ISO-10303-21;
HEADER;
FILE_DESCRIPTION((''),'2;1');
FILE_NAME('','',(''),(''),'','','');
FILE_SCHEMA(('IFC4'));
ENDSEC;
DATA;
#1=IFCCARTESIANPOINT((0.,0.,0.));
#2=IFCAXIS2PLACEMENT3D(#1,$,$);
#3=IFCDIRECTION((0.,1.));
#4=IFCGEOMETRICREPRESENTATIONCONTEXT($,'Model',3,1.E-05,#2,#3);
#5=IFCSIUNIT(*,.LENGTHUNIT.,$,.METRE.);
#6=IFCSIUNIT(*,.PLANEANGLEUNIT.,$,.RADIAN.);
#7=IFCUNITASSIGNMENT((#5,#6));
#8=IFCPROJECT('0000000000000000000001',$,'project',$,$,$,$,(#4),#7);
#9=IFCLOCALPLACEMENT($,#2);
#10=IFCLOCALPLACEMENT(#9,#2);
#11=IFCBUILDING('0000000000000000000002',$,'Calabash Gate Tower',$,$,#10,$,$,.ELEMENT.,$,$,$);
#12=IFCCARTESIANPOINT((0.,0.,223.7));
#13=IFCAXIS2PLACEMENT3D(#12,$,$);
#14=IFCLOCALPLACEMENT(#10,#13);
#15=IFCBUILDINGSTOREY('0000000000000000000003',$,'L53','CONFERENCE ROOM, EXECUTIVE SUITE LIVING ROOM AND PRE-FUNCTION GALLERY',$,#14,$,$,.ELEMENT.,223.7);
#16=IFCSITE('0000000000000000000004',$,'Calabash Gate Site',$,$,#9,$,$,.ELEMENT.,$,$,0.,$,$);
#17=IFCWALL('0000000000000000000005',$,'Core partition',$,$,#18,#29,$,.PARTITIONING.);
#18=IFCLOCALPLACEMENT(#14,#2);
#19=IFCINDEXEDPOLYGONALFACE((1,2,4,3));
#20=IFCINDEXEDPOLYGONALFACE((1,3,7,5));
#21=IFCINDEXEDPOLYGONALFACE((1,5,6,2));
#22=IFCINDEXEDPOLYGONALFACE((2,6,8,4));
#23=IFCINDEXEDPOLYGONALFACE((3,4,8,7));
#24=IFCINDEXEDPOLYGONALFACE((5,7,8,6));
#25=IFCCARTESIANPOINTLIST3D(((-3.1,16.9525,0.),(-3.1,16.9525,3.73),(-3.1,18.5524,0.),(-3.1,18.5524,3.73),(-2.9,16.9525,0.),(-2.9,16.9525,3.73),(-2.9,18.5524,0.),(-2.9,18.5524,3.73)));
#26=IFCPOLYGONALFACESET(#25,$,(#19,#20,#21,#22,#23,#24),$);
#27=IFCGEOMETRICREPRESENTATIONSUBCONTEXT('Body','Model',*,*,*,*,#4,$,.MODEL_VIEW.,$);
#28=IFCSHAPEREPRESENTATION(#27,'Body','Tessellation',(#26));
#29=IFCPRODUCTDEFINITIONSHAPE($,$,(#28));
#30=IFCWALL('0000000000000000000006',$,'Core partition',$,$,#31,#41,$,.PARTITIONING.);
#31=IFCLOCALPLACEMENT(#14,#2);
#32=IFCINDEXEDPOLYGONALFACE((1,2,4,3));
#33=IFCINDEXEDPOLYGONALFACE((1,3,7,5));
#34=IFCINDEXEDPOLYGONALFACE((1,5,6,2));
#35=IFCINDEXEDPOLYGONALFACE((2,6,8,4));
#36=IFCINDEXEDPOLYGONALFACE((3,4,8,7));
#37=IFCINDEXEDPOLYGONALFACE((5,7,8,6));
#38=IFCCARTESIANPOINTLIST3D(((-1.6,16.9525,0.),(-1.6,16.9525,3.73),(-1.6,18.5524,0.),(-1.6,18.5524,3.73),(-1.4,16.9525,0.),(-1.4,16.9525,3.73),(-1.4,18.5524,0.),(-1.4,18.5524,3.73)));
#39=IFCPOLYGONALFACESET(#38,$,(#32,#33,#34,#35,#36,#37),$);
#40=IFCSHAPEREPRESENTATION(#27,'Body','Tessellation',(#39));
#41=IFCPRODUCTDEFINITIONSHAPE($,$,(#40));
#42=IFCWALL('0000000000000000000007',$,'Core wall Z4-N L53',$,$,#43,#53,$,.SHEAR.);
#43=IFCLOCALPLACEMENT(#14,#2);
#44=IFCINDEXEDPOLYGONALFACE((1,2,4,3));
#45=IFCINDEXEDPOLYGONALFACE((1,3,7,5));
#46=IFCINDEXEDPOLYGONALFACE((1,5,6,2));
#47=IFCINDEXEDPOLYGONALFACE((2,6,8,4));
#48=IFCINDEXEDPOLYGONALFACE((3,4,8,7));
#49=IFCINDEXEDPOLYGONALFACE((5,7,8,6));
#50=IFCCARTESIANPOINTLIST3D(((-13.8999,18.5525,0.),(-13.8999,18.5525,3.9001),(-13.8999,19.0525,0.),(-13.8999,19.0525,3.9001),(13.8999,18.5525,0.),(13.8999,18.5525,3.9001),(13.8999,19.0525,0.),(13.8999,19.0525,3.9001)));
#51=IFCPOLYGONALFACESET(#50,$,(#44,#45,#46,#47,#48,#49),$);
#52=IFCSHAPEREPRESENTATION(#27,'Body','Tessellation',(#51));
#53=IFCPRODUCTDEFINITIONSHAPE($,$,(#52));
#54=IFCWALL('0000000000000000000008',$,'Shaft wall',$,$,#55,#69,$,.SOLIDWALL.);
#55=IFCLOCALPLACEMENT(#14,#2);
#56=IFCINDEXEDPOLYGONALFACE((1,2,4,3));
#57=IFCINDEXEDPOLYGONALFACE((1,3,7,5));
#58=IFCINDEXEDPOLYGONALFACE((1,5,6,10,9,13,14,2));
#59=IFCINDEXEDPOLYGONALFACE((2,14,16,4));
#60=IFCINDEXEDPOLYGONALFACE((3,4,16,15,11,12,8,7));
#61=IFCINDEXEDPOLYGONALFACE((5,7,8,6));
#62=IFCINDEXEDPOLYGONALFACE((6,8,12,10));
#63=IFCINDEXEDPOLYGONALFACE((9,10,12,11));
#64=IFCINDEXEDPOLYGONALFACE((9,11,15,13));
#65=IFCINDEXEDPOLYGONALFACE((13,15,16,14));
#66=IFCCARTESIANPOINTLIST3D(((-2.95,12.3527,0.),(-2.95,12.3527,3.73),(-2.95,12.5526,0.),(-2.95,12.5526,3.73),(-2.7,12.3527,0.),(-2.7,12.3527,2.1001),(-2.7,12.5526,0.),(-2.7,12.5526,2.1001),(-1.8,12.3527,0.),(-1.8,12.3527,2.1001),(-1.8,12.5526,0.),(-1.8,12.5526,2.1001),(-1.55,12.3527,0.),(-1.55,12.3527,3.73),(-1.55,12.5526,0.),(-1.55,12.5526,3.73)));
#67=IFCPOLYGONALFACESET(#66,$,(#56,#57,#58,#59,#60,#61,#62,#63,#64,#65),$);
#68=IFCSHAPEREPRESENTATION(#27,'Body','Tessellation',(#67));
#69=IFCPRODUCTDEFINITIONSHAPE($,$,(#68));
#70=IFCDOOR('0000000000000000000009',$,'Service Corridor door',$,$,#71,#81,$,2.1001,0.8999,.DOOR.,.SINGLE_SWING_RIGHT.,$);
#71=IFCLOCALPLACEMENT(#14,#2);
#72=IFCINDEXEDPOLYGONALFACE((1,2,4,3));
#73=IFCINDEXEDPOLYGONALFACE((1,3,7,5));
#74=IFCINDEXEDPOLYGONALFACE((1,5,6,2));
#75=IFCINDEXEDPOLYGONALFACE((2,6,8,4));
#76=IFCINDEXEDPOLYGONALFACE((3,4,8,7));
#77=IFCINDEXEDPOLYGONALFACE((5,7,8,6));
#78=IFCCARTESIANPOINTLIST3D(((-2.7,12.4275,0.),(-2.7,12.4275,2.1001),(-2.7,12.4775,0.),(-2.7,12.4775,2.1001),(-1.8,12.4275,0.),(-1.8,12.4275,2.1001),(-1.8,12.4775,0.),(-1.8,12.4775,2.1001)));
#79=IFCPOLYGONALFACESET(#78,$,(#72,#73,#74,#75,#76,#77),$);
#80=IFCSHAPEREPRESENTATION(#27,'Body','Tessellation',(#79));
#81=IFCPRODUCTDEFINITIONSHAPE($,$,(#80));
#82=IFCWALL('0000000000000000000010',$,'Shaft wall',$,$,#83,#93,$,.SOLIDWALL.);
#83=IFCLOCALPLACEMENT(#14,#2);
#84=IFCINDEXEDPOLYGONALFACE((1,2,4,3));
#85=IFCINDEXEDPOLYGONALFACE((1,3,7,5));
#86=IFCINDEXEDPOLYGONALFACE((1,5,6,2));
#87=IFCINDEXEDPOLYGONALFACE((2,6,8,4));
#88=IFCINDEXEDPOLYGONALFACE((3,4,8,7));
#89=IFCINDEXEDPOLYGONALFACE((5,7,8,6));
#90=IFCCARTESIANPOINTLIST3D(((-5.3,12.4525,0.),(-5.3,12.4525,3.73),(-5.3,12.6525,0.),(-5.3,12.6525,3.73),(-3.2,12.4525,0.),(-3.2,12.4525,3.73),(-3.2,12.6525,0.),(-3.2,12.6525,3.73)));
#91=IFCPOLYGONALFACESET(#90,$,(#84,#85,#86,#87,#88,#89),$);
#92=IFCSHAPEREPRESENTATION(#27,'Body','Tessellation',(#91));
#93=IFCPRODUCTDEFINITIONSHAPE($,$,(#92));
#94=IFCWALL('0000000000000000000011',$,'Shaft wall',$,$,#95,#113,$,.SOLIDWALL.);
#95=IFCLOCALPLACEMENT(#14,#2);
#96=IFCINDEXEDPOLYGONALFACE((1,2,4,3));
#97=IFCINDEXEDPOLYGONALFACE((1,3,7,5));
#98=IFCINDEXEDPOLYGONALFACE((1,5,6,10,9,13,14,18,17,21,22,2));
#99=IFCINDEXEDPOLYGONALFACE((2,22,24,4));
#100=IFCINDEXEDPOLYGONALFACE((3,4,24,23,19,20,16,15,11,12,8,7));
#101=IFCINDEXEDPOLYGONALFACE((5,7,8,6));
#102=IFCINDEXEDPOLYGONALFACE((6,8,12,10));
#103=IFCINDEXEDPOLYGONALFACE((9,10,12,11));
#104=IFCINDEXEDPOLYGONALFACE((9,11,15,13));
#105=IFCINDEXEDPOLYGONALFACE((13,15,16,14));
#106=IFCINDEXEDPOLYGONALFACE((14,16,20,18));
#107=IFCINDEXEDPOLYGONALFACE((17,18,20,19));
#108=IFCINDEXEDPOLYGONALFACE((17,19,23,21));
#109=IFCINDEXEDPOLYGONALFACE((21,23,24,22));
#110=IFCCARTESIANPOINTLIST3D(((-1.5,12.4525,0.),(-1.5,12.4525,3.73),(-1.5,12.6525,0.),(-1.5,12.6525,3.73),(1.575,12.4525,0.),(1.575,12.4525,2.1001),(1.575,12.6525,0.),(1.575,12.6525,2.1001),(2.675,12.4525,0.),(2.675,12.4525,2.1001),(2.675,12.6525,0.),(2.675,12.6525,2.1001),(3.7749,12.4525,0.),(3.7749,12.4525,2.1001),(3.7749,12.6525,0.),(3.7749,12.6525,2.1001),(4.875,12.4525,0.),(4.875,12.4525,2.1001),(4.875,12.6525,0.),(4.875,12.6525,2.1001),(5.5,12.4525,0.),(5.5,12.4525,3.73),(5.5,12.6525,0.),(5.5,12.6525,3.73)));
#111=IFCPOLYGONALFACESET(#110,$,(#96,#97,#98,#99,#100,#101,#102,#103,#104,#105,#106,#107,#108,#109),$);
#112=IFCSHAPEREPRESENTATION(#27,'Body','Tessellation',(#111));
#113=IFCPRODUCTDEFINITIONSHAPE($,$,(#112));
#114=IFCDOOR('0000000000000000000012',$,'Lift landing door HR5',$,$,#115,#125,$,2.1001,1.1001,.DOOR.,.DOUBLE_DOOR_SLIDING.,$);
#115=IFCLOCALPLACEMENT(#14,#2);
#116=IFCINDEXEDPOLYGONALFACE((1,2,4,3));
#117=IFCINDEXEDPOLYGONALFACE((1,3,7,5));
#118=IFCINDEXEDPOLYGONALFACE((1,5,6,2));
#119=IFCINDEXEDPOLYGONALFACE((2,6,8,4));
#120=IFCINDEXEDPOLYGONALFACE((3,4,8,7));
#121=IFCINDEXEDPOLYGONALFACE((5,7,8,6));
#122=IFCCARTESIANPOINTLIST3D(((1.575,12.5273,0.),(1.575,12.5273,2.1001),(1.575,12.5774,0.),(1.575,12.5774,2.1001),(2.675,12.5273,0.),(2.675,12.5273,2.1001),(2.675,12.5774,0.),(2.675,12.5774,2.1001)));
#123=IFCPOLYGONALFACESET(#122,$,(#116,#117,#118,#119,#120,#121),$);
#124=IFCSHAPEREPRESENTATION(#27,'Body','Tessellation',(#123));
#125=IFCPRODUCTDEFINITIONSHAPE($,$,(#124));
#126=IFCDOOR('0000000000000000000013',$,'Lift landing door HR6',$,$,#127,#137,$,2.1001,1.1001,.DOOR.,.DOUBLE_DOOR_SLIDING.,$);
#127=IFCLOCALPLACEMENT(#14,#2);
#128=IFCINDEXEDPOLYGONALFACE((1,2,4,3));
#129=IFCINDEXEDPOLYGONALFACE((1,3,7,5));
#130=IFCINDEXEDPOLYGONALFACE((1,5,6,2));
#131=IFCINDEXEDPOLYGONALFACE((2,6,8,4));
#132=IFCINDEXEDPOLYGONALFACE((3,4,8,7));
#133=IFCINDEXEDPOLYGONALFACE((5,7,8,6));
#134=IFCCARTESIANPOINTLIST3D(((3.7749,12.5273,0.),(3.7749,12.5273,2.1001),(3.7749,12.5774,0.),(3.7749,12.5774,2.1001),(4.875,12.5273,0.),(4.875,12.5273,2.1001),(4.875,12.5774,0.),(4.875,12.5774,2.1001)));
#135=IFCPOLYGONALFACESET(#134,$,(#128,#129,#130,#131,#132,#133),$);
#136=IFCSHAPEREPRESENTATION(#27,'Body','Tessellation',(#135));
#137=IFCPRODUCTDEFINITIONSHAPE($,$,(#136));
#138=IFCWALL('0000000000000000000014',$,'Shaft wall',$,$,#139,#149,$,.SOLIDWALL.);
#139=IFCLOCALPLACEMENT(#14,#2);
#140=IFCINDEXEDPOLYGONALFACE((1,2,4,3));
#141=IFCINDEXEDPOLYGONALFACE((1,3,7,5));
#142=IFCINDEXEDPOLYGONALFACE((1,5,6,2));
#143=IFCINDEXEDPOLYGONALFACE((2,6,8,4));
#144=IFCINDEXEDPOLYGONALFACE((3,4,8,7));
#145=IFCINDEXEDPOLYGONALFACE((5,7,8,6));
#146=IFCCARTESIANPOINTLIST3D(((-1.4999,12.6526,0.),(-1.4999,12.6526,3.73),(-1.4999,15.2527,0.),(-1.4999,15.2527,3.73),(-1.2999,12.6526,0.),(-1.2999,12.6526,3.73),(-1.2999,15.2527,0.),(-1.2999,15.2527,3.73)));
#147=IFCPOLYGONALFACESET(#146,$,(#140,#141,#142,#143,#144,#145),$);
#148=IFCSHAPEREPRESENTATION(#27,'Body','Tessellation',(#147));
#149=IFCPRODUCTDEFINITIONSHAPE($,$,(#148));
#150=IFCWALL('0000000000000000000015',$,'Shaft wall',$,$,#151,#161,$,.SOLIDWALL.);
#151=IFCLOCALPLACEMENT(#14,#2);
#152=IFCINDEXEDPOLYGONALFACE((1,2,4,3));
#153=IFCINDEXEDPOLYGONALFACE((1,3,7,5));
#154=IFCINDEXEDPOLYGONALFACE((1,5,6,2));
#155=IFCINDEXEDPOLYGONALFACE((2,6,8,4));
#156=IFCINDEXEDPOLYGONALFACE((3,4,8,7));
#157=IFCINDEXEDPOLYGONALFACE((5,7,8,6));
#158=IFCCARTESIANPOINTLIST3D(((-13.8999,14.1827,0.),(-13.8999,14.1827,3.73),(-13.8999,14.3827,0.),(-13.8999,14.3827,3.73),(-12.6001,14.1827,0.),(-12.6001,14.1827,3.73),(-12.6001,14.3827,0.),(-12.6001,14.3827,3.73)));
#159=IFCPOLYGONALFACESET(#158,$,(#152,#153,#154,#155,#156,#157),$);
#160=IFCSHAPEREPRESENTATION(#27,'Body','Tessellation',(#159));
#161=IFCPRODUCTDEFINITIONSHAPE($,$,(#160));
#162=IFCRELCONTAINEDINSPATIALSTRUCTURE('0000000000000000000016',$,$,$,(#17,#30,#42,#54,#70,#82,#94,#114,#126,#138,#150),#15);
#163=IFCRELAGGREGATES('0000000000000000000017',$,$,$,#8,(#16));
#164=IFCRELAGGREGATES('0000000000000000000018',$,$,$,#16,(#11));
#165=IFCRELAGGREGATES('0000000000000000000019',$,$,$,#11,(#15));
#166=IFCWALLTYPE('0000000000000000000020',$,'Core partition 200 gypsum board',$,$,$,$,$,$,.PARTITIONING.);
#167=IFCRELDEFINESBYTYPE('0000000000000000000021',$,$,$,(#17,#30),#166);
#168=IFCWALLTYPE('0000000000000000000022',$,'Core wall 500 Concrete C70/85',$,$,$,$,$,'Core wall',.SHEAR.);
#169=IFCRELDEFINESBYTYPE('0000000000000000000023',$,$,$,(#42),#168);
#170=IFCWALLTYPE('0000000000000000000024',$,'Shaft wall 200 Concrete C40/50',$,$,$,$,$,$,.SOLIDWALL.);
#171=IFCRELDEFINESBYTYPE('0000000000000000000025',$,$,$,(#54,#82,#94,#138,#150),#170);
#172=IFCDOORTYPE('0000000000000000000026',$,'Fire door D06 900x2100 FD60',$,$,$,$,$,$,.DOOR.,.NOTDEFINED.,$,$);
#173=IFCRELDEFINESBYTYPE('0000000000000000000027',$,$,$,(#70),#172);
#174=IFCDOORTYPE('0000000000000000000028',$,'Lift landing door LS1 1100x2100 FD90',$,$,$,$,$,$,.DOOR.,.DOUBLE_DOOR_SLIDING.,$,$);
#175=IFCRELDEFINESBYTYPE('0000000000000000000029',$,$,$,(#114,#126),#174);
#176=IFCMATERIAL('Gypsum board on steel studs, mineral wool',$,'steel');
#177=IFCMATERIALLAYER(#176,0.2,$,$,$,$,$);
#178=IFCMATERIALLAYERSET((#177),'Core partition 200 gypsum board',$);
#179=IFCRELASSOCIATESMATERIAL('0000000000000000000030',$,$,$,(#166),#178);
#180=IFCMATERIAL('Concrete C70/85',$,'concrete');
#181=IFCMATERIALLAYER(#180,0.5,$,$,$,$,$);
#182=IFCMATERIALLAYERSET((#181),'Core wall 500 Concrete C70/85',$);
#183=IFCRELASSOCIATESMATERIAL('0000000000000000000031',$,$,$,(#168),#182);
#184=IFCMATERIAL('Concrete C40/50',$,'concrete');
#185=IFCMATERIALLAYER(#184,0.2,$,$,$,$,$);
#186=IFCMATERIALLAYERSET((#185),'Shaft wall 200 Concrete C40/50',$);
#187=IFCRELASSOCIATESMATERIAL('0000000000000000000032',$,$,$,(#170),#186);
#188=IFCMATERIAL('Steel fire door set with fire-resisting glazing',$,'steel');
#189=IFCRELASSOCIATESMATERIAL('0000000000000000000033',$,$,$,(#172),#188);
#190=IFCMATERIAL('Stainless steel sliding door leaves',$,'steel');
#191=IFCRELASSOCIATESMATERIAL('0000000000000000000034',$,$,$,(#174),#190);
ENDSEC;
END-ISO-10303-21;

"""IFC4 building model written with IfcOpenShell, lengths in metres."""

from ifc_helpers import new_model, si_unit, direction, frame, frame_2d, origin, place, context, subcontext, project, spatial, rectangle, extrude, material, layer, layer_set, type_object, element, fill, save


model = new_model("IFC4")

# Units and contexts
model_context = context("Model", 3, precision=1e-05, world=origin(), true_north=direction((0.0, 1.0)))
body_context = subcontext(model_context, "Body", "Model", "MODEL_VIEW")
ifc_project = project(units=[si_unit("LENGTHUNIT", "METRE"), si_unit("PLANEANGLEUNIT", "RADIAN")], contexts=[model_context])

# Site, building, storey
site_placement = place(None, origin())
site = spatial("IfcSite", under=ifc_project, at=site_placement, Name="Calabash Gate Site", CompositionType="ELEMENT", RefElevation=0.0)
building_placement = place(site_placement, origin())
building = spatial("IfcBuilding", under=site, at=building_placement, Name="Calabash Gate Tower", CompositionType="ELEMENT")
storey_placement = place(building_placement, frame((0.0, 0.0, 223.7)))
storey = spatial("IfcBuildingStorey", under=building, at=storey_placement, Name="L53", Description="CONFERENCE ROOM, EXECUTIVE SUITE LIVING ROOM AND PRE-FUNCTION GALLERY", CompositionType="ELEMENT", Elevation=223.7)

# Walls
ifc_material_1 = material(Name="Gypsum board on steel studs, mineral wool", Category="steel")
ifc_layer_1 = layer(ifc_material_1, 0.2)
ifc_layer_set_1 = layer_set([ifc_layer_1], Name="Core partition 200 gypsum board")
wall_type_1 = type_object("IfcWallType", Name="Core partition 200 gypsum board", PredefinedType="PARTITIONING", material=ifc_layer_set_1)
for number, where, z_axis, x_axis, name in (
    (1, (-3.0, 16.9526, 0.0), (0.0, 0.0, 1.0), (0.0, 1.0, 0.0), "Core partition"),
    (2, (-1.5, 16.9526, 0.0), (0.0, 0.0, 1.0), (0.0, 1.0, 0.0), "Core partition"),
):
    element("IfcWall", number, at=place(storey_placement, frame(where, z_axis=z_axis, x_axis=x_axis)), inside=storey, type_object=wall_type_1, Name=name, PredefinedType="PARTITIONING", context=body_context, shape_type="SweptSolid", body=[
        extrude(rectangle(XDim=1.5999, YDim=0.2, at=frame_2d((0.7998, 0.0))), origin(), (0.0, 0.0, 1.0), 3.73),
    ])
ifc_material_2 = material(Name="Concrete C70/85", Category="concrete")
ifc_layer_2 = layer(ifc_material_2, 0.5)
ifc_layer_set_2 = layer_set([ifc_layer_2], Name="Core wall 500 Concrete C70/85")
wall_type_2 = type_object("IfcWallType", Name="Core wall 500 Concrete C70/85", ElementType="Core wall", PredefinedType="SHEAR", material=ifc_layer_set_2)
wall_1_placement = place(storey_placement, frame((-13.8999, 18.8025, 0.0), z_axis=(0.0, 0.0, 1.0), x_axis=(1.0, 0.0, 0.0)))
element("IfcWall", 3, at=wall_1_placement, inside=storey, type_object=wall_type_2, Name="Core wall Z4-N L53", PredefinedType="SHEAR", context=body_context, shape_type="SweptSolid", body=[
    extrude(rectangle(XDim=27.7998, YDim=0.5, at=frame_2d((13.8999, 0.0))), origin(), (0.0, 0.0, 1.0), 3.9001),
])

# Wall, opening, door
ifc_material_3 = material(Name="Concrete C40/50", Category="concrete")
ifc_layer_3 = layer(ifc_material_3, 0.2)
ifc_layer_set_3 = layer_set([ifc_layer_3], Name="Shaft wall 200 Concrete C40/50")
wall_type_3 = type_object("IfcWallType", Name="Shaft wall 200 Concrete C40/50", PredefinedType="SOLIDWALL", material=ifc_layer_set_3)
wall_2_placement = place(storey_placement, frame((-2.95, 12.4526, 0.0), z_axis=(0.0, 0.0, 1.0), x_axis=(1.0, 0.0, 0.0)))
wall_2 = element("IfcWall", 4, at=wall_2_placement, inside=storey, type_object=wall_type_3, Name="Shaft wall", PredefinedType="SOLIDWALL", context=body_context, shape_type="SweptSolid", body=[
    extrude(rectangle(XDim=1.3999, YDim=0.2, at=frame_2d((0.7, 0.0))), origin(), (0.0, 0.0, 1.0), 3.73),
])
opening_1_placement = place(wall_2_placement, frame((0.25, 0.0, 0.0)))
opening_1 = element("IfcOpeningElement", 5, at=opening_1_placement, cuts=wall_2, PredefinedType="OPENING", context=body_context, shape_type="SweptSolid", body=[
    extrude(rectangle(XDim=0.8999, YDim=2.1001, at=frame_2d((0.45, 1.05))), frame((0.0, 0.1099, 0.0), z_axis=(0.0, -1.0, 0.0), x_axis=(1.0, 0.0, 0.0)), (0.0, 0.0, 1.0), 0.22),
])
ifc_material_4 = material(Name="Steel fire door set with fire-resisting glazing", Category="steel")
door_type_1 = type_object("IfcDoorType", Name="Fire door D06 900x2100 FD60", OperationType="NOTDEFINED", PredefinedType="DOOR", material=ifc_material_4)
door_1_placement = place(opening_1_placement, origin())
door_1 = element("IfcDoor", 6, at=door_1_placement, inside=storey, type_object=door_type_1, Name="Service Corridor door", OperationType="SINGLE_SWING_RIGHT", OverallHeight=2.1001, OverallWidth=0.8999, PredefinedType="DOOR", context=body_context, shape_type="SweptSolid", body=[
    extrude(rectangle(XDim=0.8999, YDim=2.1001, at=frame_2d((0.45, 1.05))), frame((0.0, 0.0249, 0.0), z_axis=(0.0, -1.0, 0.0), x_axis=(1.0, 0.0, 0.0)), (0.0, 0.0, 1.0), 0.05),
])
fill(opening_1, door_1)

# Wall
wall_3_placement = place(storey_placement, frame((-5.3, 12.5525, 0.0), z_axis=(0.0, 0.0, 1.0), x_axis=(1.0, 0.0, 0.0)))
element("IfcWall", 7, at=wall_3_placement, inside=storey, type_object=wall_type_3, Name="Shaft wall", PredefinedType="SOLIDWALL", context=body_context, shape_type="SweptSolid", body=[
    extrude(rectangle(XDim=2.1001, YDim=0.2, at=frame_2d((1.05, 0.0))), origin(), (0.0, 0.0, 1.0), 3.73),
])

# Wall, openings, doors
wall_4_placement = place(storey_placement, frame((-1.5, 12.5525, 0.0), z_axis=(0.0, 0.0, 1.0), x_axis=(1.0, 0.0, 0.0)))
wall_4 = element("IfcWall", 8, at=wall_4_placement, inside=storey, type_object=wall_type_3, Name="Shaft wall", PredefinedType="SOLIDWALL", context=body_context, shape_type="SweptSolid", body=[
    extrude(rectangle(XDim=7.0, YDim=0.2, at=frame_2d((3.5, 0.0))), origin(), (0.0, 0.0, 1.0), 3.73),
])
opening_2_placement = place(wall_4_placement, frame((3.075, 0.0, 0.0)))
opening_2 = element("IfcOpeningElement", 9, at=opening_2_placement, cuts=wall_4, PredefinedType="OPENING", context=body_context, shape_type="SweptSolid", body=[
    extrude(rectangle(XDim=1.1001, YDim=2.1001, at=frame_2d((0.55, 1.05))), frame((0.0, 0.1099, 0.0), z_axis=(0.0, -1.0, 0.0), x_axis=(1.0, 0.0, 0.0)), (0.0, 0.0, 1.0), 0.22),
])
opening_3_placement = place(wall_4_placement, frame((5.2749, 0.0, 0.0)))
opening_3 = element("IfcOpeningElement", 10, at=opening_3_placement, cuts=wall_4, PredefinedType="OPENING", context=body_context, shape_type="SweptSolid", body=[
    extrude(rectangle(XDim=1.1001, YDim=2.1001, at=frame_2d((0.55, 1.05))), frame((0.0, 0.1099, 0.0), z_axis=(0.0, -1.0, 0.0), x_axis=(1.0, 0.0, 0.0)), (0.0, 0.0, 1.0), 0.22),
])
ifc_material_5 = material(Name="Stainless steel sliding door leaves", Category="steel")
door_type_2 = type_object("IfcDoorType", Name="Lift landing door LS1 1100x2100 FD90", OperationType="DOUBLE_DOOR_SLIDING", PredefinedType="DOOR", material=ifc_material_5)
door_2_placement = place(opening_2_placement, origin())
door_2 = element("IfcDoor", 11, at=door_2_placement, inside=storey, type_object=door_type_2, Name="Lift landing door HR5", OperationType="DOUBLE_DOOR_SLIDING", OverallHeight=2.1001, OverallWidth=1.1001, PredefinedType="DOOR", context=body_context, shape_type="SweptSolid", body=[
    extrude(rectangle(XDim=1.1001, YDim=2.1001, at=frame_2d((0.55, 1.05))), frame((0.0, 0.0249, 0.0), z_axis=(0.0, -1.0, 0.0), x_axis=(1.0, 0.0, 0.0)), (0.0, 0.0, 1.0), 0.05),
])
fill(opening_2, door_2)
door_3_placement = place(opening_3_placement, origin())
door_3 = element("IfcDoor", 12, at=door_3_placement, inside=storey, type_object=door_type_2, Name="Lift landing door HR6", OperationType="DOUBLE_DOOR_SLIDING", OverallHeight=2.1001, OverallWidth=1.1001, PredefinedType="DOOR", context=body_context, shape_type="SweptSolid", body=[
    extrude(rectangle(XDim=1.1001, YDim=2.1001, at=frame_2d((0.55, 1.05))), frame((0.0, 0.0249, 0.0), z_axis=(0.0, -1.0, 0.0), x_axis=(1.0, 0.0, 0.0)), (0.0, 0.0, 1.0), 0.05),
])
fill(opening_3, door_3)

# Walls
wall_5_placement = place(storey_placement, frame((-1.3999, 12.6526, 0.0), z_axis=(0.0, 0.0, 1.0), x_axis=(0.0, 1.0, 0.0)))
element("IfcWall", 13, at=wall_5_placement, inside=storey, type_object=wall_type_3, Name="Shaft wall", PredefinedType="SOLIDWALL", context=body_context, shape_type="SweptSolid", body=[
    extrude(rectangle(XDim=2.6001, YDim=0.2, at=frame_2d((1.3, 0.0))), origin(), (0.0, 0.0, 1.0), 3.73),
])
wall_6_placement = place(storey_placement, frame((-13.8999, 14.2827, 0.0), z_axis=(0.0, 0.0, 1.0), x_axis=(1.0, 0.0, 0.0)))
element("IfcWall", 14, at=wall_6_placement, inside=storey, type_object=wall_type_3, Name="Shaft wall", PredefinedType="SOLIDWALL", context=body_context, shape_type="SweptSolid", body=[
    extrude(rectangle(XDim=1.2998, YDim=0.2, at=frame_2d((0.6499, 0.0))), origin(), (0.0, 0.0, 1.0), 3.73),
])

save(model, "model.ifc")
